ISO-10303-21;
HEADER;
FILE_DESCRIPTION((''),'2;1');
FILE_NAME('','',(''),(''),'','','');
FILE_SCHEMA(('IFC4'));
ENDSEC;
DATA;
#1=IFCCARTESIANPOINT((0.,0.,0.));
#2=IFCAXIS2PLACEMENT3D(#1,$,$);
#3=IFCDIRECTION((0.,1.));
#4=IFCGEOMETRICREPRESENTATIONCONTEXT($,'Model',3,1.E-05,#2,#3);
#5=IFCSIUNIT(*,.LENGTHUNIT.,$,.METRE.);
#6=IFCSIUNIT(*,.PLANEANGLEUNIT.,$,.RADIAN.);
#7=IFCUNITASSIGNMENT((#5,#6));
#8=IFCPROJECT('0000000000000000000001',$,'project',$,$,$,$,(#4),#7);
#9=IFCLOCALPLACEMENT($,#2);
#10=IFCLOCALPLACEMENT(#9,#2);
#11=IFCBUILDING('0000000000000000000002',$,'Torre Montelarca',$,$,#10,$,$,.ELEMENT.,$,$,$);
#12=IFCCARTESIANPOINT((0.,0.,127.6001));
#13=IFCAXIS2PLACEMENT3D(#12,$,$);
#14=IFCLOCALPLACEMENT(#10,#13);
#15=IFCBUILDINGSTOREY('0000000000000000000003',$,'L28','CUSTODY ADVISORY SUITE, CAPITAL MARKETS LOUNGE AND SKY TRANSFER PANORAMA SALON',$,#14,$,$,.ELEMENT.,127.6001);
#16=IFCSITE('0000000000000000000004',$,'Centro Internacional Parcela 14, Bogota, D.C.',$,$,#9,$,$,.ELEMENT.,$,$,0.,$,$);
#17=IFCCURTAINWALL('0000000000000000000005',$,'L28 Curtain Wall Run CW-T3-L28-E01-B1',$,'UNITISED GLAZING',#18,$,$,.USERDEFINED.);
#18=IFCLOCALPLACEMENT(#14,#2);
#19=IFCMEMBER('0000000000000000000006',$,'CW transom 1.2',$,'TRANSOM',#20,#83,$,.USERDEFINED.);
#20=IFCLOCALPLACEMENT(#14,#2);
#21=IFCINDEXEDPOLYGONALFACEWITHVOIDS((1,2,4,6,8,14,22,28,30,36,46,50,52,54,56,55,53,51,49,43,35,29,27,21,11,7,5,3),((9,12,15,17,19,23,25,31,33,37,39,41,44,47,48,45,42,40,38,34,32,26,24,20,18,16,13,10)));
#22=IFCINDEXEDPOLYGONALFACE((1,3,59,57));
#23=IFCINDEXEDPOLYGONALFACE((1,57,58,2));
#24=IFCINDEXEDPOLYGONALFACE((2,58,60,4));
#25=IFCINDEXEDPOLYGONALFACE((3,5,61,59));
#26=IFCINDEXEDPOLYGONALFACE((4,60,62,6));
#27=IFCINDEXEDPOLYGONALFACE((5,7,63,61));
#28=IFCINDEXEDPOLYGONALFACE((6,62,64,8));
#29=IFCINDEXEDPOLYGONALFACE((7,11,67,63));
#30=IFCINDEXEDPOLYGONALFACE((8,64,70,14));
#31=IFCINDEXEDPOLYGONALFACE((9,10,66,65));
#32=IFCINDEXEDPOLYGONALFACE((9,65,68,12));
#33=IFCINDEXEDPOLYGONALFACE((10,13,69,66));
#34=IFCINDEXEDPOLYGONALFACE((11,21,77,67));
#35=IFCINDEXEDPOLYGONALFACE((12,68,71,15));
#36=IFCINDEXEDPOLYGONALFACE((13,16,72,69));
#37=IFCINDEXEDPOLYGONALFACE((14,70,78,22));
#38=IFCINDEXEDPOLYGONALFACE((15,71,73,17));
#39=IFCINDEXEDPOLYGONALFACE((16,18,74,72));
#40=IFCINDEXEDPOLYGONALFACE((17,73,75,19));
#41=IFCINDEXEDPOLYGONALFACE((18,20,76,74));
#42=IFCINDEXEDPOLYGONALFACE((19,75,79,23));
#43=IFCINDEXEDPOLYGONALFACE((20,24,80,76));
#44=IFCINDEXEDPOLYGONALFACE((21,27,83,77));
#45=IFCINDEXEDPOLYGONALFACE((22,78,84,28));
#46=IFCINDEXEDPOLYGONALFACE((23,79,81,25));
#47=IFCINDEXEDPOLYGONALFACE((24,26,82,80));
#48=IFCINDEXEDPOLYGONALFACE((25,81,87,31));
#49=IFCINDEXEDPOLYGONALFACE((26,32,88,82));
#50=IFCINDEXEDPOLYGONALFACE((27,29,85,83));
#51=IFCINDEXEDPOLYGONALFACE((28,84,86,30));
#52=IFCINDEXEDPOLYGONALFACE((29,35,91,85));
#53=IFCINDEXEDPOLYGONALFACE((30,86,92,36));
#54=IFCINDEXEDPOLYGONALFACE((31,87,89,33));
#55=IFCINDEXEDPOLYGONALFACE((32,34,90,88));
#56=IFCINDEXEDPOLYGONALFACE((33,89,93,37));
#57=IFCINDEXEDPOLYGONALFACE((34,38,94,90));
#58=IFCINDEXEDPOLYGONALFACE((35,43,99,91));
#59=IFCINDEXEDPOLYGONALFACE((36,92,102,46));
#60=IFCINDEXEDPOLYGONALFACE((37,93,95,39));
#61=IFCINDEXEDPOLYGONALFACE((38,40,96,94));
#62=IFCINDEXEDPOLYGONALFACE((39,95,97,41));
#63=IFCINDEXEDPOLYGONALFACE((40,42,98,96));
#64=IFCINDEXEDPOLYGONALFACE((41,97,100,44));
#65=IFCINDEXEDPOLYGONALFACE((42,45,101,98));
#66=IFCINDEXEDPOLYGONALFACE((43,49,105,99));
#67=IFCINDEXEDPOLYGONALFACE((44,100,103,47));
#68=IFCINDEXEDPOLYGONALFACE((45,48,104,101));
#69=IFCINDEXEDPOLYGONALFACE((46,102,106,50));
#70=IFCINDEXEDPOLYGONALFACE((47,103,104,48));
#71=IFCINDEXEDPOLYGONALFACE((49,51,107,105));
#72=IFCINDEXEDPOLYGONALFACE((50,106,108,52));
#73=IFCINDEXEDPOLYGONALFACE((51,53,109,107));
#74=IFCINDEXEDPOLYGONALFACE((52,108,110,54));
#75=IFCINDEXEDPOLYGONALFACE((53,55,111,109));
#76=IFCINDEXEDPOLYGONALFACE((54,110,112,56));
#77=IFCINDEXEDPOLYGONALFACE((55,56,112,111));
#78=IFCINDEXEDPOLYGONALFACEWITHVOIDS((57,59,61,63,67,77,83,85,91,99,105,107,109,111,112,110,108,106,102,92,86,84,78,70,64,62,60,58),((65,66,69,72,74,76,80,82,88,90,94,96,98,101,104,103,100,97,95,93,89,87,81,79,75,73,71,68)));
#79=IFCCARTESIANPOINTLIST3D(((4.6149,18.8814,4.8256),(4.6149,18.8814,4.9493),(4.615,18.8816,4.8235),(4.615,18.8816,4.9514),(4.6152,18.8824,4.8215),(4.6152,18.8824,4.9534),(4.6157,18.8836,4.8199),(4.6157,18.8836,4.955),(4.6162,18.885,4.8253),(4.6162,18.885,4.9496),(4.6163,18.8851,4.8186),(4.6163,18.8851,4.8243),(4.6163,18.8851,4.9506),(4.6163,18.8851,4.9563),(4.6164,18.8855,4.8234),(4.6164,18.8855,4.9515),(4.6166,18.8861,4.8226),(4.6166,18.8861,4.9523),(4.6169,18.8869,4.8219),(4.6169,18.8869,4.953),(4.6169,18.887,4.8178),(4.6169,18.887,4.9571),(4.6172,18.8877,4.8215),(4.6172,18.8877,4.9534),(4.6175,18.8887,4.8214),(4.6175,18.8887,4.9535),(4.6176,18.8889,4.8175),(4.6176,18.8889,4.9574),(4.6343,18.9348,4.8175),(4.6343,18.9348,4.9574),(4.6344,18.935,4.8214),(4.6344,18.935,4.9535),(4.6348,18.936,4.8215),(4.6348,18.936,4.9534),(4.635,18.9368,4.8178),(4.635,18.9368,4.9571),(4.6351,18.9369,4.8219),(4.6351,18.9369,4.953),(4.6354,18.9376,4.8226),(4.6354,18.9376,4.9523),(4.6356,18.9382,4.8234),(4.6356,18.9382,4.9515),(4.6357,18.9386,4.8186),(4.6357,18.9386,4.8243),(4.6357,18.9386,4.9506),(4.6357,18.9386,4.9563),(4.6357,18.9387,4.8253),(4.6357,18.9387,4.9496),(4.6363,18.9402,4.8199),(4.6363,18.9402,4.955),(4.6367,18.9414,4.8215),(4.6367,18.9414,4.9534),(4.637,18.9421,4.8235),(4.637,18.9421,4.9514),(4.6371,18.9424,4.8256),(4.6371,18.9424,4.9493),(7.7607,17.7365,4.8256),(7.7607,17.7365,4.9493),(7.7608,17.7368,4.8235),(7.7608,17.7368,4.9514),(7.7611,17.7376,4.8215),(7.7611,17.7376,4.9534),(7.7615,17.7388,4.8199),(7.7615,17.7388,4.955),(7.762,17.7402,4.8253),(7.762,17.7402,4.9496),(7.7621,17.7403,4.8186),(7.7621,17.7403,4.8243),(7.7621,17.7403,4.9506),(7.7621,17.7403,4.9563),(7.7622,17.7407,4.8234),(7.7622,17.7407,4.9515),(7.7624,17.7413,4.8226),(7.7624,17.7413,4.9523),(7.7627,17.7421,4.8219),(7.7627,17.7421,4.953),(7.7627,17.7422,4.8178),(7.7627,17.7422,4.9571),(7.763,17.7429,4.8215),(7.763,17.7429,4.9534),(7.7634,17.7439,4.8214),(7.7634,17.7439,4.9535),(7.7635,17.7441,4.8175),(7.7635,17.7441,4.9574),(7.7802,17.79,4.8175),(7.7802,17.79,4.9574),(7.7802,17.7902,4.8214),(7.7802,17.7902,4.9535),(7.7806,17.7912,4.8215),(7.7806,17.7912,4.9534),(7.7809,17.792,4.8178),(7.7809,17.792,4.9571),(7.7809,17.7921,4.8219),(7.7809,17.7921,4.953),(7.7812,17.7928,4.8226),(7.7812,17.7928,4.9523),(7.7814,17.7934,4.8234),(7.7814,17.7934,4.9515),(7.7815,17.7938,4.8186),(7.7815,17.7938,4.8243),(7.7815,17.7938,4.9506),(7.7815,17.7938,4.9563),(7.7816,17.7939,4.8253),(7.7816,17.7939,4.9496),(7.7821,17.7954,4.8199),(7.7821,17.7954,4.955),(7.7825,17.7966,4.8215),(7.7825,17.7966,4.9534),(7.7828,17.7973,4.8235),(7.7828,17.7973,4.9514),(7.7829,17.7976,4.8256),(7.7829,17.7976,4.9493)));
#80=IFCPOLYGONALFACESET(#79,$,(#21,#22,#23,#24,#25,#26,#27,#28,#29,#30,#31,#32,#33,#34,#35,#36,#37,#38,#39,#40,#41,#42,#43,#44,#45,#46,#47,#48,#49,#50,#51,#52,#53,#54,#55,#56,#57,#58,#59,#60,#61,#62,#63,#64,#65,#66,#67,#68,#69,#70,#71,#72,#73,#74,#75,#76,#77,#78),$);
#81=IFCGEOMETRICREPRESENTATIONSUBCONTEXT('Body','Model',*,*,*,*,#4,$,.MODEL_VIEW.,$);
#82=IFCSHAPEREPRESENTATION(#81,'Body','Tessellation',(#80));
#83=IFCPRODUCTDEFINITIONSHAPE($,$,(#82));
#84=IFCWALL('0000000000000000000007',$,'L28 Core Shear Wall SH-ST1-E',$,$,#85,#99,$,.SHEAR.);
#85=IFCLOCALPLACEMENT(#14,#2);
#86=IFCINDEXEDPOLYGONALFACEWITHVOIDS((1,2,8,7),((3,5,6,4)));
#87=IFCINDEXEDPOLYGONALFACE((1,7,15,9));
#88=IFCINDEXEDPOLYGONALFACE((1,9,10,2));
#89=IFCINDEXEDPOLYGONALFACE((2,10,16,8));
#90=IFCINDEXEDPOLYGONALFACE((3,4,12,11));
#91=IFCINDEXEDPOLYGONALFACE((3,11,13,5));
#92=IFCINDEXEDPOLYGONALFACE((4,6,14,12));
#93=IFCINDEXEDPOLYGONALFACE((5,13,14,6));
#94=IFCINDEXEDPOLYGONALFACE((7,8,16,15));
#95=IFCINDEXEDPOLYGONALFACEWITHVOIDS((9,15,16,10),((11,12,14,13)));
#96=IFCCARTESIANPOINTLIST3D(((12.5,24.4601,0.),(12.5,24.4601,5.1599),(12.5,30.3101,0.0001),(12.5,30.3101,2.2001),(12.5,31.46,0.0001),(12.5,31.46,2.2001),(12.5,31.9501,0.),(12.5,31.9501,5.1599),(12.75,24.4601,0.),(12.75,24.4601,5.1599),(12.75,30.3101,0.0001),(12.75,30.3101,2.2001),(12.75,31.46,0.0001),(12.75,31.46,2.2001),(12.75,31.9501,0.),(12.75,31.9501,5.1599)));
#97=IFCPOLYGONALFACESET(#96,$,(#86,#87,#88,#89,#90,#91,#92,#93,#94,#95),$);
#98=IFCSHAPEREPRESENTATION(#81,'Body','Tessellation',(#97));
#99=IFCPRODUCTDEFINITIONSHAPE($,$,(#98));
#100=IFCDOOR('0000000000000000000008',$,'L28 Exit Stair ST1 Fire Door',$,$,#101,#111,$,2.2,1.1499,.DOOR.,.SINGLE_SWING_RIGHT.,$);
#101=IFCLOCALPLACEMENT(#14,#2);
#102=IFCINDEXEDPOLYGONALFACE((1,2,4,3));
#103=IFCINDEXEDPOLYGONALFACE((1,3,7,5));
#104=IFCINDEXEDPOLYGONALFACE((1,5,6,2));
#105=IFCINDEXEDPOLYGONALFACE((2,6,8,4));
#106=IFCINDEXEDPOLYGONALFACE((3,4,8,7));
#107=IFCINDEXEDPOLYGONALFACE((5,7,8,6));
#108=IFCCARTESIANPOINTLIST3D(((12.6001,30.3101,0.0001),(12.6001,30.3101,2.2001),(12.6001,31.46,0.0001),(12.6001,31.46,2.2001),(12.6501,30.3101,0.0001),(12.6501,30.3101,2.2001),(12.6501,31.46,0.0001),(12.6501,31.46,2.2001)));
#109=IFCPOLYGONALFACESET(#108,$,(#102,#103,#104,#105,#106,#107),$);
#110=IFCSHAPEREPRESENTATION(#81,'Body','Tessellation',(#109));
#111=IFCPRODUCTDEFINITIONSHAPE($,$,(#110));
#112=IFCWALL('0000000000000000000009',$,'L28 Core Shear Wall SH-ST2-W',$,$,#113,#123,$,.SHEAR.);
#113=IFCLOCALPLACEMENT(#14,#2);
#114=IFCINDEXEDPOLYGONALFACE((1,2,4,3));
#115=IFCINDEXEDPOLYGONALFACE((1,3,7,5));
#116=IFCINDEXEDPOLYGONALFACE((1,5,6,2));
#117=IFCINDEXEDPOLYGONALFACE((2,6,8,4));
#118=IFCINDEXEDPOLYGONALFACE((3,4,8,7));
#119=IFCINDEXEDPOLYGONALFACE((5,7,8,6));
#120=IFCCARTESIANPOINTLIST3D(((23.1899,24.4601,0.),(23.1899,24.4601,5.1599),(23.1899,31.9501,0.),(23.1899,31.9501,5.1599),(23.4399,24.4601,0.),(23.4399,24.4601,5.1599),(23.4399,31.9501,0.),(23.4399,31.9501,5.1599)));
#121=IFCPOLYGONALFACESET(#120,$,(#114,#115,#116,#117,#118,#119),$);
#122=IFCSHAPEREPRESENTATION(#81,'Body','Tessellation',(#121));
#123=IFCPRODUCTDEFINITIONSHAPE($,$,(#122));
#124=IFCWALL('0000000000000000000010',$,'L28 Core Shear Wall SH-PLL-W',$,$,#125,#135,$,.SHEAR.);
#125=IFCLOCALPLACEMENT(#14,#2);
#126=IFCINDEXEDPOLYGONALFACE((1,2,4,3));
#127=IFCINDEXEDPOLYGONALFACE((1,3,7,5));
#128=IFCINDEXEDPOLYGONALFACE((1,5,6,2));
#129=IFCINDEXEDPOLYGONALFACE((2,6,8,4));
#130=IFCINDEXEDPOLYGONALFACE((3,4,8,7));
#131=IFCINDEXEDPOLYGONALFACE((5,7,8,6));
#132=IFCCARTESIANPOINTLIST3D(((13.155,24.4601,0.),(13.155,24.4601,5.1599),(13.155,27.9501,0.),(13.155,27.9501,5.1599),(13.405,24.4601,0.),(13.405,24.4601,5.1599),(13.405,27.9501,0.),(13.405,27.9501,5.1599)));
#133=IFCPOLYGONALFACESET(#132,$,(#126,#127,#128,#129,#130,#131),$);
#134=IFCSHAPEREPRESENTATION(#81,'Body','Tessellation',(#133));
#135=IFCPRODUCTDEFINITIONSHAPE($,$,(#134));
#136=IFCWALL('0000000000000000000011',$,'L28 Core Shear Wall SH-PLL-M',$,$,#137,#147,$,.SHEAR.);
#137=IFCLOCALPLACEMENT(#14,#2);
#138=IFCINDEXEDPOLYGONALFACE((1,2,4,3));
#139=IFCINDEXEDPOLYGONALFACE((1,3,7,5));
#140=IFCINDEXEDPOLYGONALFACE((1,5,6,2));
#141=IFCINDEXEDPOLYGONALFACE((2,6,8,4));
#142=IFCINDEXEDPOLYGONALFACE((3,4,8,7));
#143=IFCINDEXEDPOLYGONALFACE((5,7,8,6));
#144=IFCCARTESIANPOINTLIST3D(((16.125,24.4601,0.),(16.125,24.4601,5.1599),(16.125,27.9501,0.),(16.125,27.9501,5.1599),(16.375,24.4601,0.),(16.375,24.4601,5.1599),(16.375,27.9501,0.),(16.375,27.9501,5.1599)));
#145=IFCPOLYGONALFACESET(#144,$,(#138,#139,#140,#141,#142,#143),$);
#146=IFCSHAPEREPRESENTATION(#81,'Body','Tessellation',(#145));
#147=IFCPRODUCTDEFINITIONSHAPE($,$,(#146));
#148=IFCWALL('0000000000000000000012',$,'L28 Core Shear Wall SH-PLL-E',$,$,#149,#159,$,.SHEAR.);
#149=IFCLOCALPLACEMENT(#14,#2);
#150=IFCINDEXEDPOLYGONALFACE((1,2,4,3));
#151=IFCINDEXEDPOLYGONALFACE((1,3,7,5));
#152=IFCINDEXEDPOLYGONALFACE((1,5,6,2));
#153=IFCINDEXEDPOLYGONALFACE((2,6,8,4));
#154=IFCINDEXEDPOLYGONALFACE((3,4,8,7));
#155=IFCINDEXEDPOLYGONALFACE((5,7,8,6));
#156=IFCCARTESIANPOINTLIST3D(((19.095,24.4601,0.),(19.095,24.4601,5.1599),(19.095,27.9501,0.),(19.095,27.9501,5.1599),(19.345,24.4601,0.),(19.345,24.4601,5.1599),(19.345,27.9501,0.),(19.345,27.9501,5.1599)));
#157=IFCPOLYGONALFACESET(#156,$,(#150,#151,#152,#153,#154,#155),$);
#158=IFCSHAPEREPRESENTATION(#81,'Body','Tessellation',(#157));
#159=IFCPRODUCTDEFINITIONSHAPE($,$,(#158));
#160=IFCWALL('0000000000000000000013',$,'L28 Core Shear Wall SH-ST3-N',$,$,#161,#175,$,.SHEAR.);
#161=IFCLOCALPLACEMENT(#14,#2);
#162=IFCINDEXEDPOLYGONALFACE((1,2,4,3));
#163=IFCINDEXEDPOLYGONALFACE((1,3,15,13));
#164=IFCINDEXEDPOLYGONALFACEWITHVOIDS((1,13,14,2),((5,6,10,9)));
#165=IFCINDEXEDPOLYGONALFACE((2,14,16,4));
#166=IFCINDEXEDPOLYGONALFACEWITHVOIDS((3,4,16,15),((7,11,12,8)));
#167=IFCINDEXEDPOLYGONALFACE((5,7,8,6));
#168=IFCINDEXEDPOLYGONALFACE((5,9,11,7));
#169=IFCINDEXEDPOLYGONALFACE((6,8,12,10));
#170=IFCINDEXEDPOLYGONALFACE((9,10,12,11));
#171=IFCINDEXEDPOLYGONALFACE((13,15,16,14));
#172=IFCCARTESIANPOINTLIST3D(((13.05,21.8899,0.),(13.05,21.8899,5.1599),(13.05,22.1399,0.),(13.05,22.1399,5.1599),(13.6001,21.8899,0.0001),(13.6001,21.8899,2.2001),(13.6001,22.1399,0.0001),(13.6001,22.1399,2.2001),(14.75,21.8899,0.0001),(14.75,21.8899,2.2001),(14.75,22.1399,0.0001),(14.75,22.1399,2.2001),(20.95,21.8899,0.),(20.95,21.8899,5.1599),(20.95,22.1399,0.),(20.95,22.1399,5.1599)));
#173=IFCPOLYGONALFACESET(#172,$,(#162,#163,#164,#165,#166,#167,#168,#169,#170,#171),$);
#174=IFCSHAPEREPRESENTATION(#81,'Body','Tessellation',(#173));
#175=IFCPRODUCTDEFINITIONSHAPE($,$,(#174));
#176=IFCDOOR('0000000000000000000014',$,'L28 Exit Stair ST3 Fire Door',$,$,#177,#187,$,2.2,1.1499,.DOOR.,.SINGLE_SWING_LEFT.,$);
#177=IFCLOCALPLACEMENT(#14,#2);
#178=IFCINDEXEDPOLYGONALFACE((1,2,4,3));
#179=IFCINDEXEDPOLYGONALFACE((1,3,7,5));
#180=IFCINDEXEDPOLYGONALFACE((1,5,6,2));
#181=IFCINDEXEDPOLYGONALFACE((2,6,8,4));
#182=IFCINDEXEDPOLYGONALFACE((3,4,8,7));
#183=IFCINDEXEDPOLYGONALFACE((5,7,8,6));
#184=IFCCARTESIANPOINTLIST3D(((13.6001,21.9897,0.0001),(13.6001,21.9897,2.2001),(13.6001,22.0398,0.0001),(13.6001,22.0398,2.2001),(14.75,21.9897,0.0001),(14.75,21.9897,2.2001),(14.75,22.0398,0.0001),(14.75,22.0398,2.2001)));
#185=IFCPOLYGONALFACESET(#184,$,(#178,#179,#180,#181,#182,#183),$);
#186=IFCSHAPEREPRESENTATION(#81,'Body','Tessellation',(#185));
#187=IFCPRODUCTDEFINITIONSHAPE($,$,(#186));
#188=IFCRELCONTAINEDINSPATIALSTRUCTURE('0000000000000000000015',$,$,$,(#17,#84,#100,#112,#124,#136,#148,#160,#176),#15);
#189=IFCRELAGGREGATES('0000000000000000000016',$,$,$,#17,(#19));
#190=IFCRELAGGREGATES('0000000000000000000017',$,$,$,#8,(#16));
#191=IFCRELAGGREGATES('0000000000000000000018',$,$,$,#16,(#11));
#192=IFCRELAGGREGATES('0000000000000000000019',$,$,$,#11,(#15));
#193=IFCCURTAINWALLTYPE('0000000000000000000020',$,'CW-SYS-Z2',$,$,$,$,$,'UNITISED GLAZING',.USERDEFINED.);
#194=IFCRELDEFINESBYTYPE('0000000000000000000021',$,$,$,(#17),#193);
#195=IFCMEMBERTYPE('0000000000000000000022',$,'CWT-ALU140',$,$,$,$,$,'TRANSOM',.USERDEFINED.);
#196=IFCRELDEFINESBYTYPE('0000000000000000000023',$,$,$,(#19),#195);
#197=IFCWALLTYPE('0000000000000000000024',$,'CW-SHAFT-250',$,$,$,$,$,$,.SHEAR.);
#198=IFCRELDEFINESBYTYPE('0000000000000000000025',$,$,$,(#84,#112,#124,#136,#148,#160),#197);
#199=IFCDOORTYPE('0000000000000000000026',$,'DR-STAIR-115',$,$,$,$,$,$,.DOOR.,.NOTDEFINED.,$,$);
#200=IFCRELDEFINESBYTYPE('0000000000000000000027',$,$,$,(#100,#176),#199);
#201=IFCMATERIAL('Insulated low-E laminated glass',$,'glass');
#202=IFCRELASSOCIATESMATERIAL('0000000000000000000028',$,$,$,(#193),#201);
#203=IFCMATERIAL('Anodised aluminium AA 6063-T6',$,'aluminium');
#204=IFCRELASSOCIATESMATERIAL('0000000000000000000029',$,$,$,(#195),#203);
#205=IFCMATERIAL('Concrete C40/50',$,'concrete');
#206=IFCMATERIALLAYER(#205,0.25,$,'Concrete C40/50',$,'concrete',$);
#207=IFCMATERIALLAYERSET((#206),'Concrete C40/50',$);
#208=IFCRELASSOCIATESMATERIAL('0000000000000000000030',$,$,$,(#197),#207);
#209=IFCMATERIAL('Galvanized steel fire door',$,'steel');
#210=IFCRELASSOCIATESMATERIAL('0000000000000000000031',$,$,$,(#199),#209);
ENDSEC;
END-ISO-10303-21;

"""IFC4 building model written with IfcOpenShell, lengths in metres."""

from ifc_helpers import new_model, si_unit, direction, frame, frame_2d, origin, origin_2d, place, context, subcontext, project, spatial, rectangle, hollow_rectangle, extrude, source, transform, mapped, material, layer, layer_set, material_profile, profile_set, type_object, element, fill, aggregate, save


model = new_model("IFC4")

# Units and contexts
model_context = context("Model", 3, precision=1e-05, world=origin(), true_north=direction((0.0, 1.0)))
body_context = subcontext(model_context, "Body", "Model", "MODEL_VIEW")
ifc_project = project(units=[si_unit("LENGTHUNIT", "METRE"), si_unit("PLANEANGLEUNIT", "RADIAN")], contexts=[model_context])

# Site, building, storey
site_placement = place(None, origin())
site = spatial("IfcSite", under=ifc_project, at=site_placement, Name="Centro Internacional Parcela 14, Bogota, D.C.", CompositionType="ELEMENT", RefElevation=0.0)
building_placement = place(site_placement, origin())
building = spatial("IfcBuilding", under=site, at=building_placement, Name="Torre Montelarca", CompositionType="ELEMENT")
storey_placement = place(building_placement, frame((0.0, 0.0, 127.6001)))
storey = spatial("IfcBuildingStorey", under=building, at=storey_placement, Name="L28", Description="CUSTODY ADVISORY SUITE, CAPITAL MARKETS LOUNGE AND SKY TRANSFER PANORAMA SALON", CompositionType="ELEMENT", Elevation=127.6001)

# Curtain wall, member
ifc_material_1 = material(Name="Insulated low-E laminated glass", Category="glass")
curtain_wall_type = type_object("IfcCurtainWallType", Name="CW-SYS-Z2", ElementType="UNITISED GLAZING", PredefinedType="USERDEFINED", material=ifc_material_1)
curtain_wall_placement = place(storey_placement, origin())
curtain_wall = element("IfcCurtainWall", 1, at=curtain_wall_placement, inside=storey, type_object=curtain_wall_type, Name="L28 Curtain Wall Run CW-T3-L28-E01-B1", ObjectType="UNITISED GLAZING", PredefinedType="USERDEFINED")
ifc_material_2 = material(Name="Anodised aluminium AA 6063-T6", Category="aluminium")
ifc_material_profile_1 = material_profile(ifc_material_2, hollow_rectangle(XDim=0.0649, YDim=0.1399, WallThickness=0.0039, InnerFilletRadius=0.0039, OuterFilletRadius=0.0081, at=origin_2d()), Name="ALU65X140X4", Category="aluminium")
ifc_profile_set_1 = profile_set([ifc_material_profile_1], Name="Anodised aluminium AA 6063-T6")
member_type_1 = type_object("IfcMemberType", Name="CWT-ALU140", ElementType="TRANSOM", PredefinedType="USERDEFINED", material=ifc_profile_set_1)
shared_shape_1 = source(origin(), body_context, "Body", "SweptSolid", [
    extrude(hollow_rectangle(XDim=0.0649, YDim=0.1399, WallThickness=0.0039, InnerFilletRadius=0.0039, OuterFilletRadius=0.0081, at=origin_2d()), origin(), (0.0, 0.0, 1.0), 3.3477),
])
member_1_placement = place(storey_placement, frame((4.626, 18.9119, 4.8875), z_axis=(0.93971, -0.341971, 0.0), x_axis=(0.341971, 0.93971, 0.0)))
member_1 = element("IfcMember", 2, at=member_1_placement, type_object=member_type_1, Name="CW transom 1.2", ObjectType="TRANSOM", PredefinedType="USERDEFINED", context=body_context, shape_type="MappedRepresentation", body=[
    mapped(shared_shape_1, transform((0.0, 0.0, 0.0), scale=1.0)),
])
aggregate(curtain_wall, [member_1])

# Wall, opening, door
ifc_material_3 = material(Name="Concrete C40/50", Category="concrete")
ifc_layer_1 = layer(ifc_material_3, 0.25, Name="Concrete C40/50", Category="concrete")
ifc_layer_set_1 = layer_set([ifc_layer_1], Name="Concrete C40/50")
wall_type_1 = type_object("IfcWallType", Name="CW-SHAFT-250", PredefinedType="SHEAR", material=ifc_layer_set_1)
wall_1_placement = place(storey_placement, frame((12.625, 24.46, 0.0), z_axis=(0.0, 0.0, 1.0), x_axis=(0.0, 1.0, 0.0)))
wall_1 = element("IfcWall", 3, at=wall_1_placement, inside=storey, type_object=wall_type_1, Name="L28 Core Shear Wall SH-ST1-E", PredefinedType="SHEAR", context=body_context, shape_type="SweptSolid", body=[
    extrude(rectangle(XDim=7.49, YDim=0.25, at=frame_2d((3.7451, 0.0))), origin(), (0.0, 0.0, 1.0), 5.1599),
])
opening_1_placement = place(wall_1_placement, frame((5.8501, 0.0, 0.0)))
opening_1 = element("IfcOpeningElement", 4, at=opening_1_placement, cuts=wall_1, PredefinedType="OPENING", context=body_context, shape_type="SweptSolid", body=[
    extrude(rectangle(XDim=1.1499, YDim=2.2, at=frame_2d((0.575, 1.1001))), frame((0.0, 0.135, 0.0), z_axis=(0.0, -1.0, 0.0), x_axis=(1.0, 0.0, 0.0)), (0.0, 0.0, 1.0), 0.27),
])
ifc_material_4 = material(Name="Galvanized steel fire door", Category="steel")
door_type_1 = type_object("IfcDoorType", Name="DR-STAIR-115", OperationType="NOTDEFINED", PredefinedType="DOOR", material=ifc_material_4)
shared_shape_2 = source(origin(), body_context, "Body", "SweptSolid", [
    extrude(rectangle(XDim=1.1499, YDim=2.2, at=frame_2d((0.575, 1.1001))), frame((0.0, 0.0249, 0.0), z_axis=(0.0, -1.0, 0.0), x_axis=(1.0, 0.0, 0.0)), (0.0, 0.0, 1.0), 0.05),
])
door_1_placement = place(opening_1_placement, origin())
door_1 = element("IfcDoor", 5, at=door_1_placement, inside=storey, type_object=door_type_1, Name="L28 Exit Stair ST1 Fire Door", OperationType="SINGLE_SWING_RIGHT", OverallHeight=2.2, OverallWidth=1.1499, PredefinedType="DOOR", context=body_context, shape_type="MappedRepresentation", body=[
    mapped(shared_shape_2, transform((0.0, 0.0, 0.0), scale=1.0)),
])
fill(opening_1, door_1)

# Walls
wall_2_placement = place(storey_placement, frame((23.3149, 24.46, 0.0), z_axis=(0.0, 0.0, 1.0), x_axis=(0.0, 1.0, 0.0)))
element("IfcWall", 6, at=wall_2_placement, inside=storey, type_object=wall_type_1, Name="L28 Core Shear Wall SH-ST2-W", PredefinedType="SHEAR", context=body_context, shape_type="SweptSolid", body=[
    extrude(rectangle(XDim=7.49, YDim=0.25, at=frame_2d((3.7451, 0.0))), origin(), (0.0, 0.0, 1.0), 5.1599),
])
for number, where, z_axis, x_axis, name in (
    (7, (13.28, 24.46, 0.0), (0.0, 0.0, 1.0), (0.0, 1.0, 0.0), "L28 Core Shear Wall SH-PLL-W"),
    (8, (16.25, 24.46, 0.0), (0.0, 0.0, 1.0), (0.0, 1.0, 0.0), "L28 Core Shear Wall SH-PLL-M"),
    (9, (19.22, 24.46, 0.0), (0.0, 0.0, 1.0), (0.0, 1.0, 0.0), "L28 Core Shear Wall SH-PLL-E"),
):
    element("IfcWall", number, at=place(storey_placement, frame(where, z_axis=z_axis, x_axis=x_axis)), inside=storey, type_object=wall_type_1, Name=name, PredefinedType="SHEAR", context=body_context, shape_type="SweptSolid", body=[
        extrude(rectangle(XDim=3.49, YDim=0.25, at=frame_2d((1.7451, 0.0))), origin(), (0.0, 0.0, 1.0), 5.1599),
    ])

# Wall, opening, door
wall_3_placement = place(storey_placement, frame((13.05, 22.0149, 0.0), z_axis=(0.0, 0.0, 1.0), x_axis=(1.0, 0.0, 0.0)))
wall_3 = element("IfcWall", 10, at=wall_3_placement, inside=storey, type_object=wall_type_1, Name="L28 Core Shear Wall SH-ST3-N", PredefinedType="SHEAR", context=body_context, shape_type="SweptSolid", body=[
    extrude(rectangle(XDim=7.8999, YDim=0.25, at=frame_2d((3.95, 0.0))), origin(), (0.0, 0.0, 1.0), 5.1599),
])
opening_2_placement = place(wall_3_placement, frame((0.55, 0.0, 0.0)))
opening_2 = element("IfcOpeningElement", 11, at=opening_2_placement, cuts=wall_3, PredefinedType="OPENING", context=body_context, shape_type="SweptSolid", body=[
    extrude(rectangle(XDim=1.1499, YDim=2.2, at=frame_2d((0.575, 1.1001))), frame((0.0, 0.135, 0.0), z_axis=(0.0, -1.0, 0.0), x_axis=(1.0, 0.0, 0.0)), (0.0, 0.0, 1.0), 0.27),
])
door_2_placement = place(opening_2_placement, origin())
door_2 = element("IfcDoor", 12, at=door_2_placement, inside=storey, type_object=door_type_1, Name="L28 Exit Stair ST3 Fire Door", OperationType="SINGLE_SWING_LEFT", OverallHeight=2.2, OverallWidth=1.1499, PredefinedType="DOOR", context=body_context, shape_type="MappedRepresentation", body=[
    mapped(shared_shape_2, transform((0.0, 0.0, 0.0), scale=1.0)),
])
fill(opening_2, door_2)

save(model, "model.ifc")
